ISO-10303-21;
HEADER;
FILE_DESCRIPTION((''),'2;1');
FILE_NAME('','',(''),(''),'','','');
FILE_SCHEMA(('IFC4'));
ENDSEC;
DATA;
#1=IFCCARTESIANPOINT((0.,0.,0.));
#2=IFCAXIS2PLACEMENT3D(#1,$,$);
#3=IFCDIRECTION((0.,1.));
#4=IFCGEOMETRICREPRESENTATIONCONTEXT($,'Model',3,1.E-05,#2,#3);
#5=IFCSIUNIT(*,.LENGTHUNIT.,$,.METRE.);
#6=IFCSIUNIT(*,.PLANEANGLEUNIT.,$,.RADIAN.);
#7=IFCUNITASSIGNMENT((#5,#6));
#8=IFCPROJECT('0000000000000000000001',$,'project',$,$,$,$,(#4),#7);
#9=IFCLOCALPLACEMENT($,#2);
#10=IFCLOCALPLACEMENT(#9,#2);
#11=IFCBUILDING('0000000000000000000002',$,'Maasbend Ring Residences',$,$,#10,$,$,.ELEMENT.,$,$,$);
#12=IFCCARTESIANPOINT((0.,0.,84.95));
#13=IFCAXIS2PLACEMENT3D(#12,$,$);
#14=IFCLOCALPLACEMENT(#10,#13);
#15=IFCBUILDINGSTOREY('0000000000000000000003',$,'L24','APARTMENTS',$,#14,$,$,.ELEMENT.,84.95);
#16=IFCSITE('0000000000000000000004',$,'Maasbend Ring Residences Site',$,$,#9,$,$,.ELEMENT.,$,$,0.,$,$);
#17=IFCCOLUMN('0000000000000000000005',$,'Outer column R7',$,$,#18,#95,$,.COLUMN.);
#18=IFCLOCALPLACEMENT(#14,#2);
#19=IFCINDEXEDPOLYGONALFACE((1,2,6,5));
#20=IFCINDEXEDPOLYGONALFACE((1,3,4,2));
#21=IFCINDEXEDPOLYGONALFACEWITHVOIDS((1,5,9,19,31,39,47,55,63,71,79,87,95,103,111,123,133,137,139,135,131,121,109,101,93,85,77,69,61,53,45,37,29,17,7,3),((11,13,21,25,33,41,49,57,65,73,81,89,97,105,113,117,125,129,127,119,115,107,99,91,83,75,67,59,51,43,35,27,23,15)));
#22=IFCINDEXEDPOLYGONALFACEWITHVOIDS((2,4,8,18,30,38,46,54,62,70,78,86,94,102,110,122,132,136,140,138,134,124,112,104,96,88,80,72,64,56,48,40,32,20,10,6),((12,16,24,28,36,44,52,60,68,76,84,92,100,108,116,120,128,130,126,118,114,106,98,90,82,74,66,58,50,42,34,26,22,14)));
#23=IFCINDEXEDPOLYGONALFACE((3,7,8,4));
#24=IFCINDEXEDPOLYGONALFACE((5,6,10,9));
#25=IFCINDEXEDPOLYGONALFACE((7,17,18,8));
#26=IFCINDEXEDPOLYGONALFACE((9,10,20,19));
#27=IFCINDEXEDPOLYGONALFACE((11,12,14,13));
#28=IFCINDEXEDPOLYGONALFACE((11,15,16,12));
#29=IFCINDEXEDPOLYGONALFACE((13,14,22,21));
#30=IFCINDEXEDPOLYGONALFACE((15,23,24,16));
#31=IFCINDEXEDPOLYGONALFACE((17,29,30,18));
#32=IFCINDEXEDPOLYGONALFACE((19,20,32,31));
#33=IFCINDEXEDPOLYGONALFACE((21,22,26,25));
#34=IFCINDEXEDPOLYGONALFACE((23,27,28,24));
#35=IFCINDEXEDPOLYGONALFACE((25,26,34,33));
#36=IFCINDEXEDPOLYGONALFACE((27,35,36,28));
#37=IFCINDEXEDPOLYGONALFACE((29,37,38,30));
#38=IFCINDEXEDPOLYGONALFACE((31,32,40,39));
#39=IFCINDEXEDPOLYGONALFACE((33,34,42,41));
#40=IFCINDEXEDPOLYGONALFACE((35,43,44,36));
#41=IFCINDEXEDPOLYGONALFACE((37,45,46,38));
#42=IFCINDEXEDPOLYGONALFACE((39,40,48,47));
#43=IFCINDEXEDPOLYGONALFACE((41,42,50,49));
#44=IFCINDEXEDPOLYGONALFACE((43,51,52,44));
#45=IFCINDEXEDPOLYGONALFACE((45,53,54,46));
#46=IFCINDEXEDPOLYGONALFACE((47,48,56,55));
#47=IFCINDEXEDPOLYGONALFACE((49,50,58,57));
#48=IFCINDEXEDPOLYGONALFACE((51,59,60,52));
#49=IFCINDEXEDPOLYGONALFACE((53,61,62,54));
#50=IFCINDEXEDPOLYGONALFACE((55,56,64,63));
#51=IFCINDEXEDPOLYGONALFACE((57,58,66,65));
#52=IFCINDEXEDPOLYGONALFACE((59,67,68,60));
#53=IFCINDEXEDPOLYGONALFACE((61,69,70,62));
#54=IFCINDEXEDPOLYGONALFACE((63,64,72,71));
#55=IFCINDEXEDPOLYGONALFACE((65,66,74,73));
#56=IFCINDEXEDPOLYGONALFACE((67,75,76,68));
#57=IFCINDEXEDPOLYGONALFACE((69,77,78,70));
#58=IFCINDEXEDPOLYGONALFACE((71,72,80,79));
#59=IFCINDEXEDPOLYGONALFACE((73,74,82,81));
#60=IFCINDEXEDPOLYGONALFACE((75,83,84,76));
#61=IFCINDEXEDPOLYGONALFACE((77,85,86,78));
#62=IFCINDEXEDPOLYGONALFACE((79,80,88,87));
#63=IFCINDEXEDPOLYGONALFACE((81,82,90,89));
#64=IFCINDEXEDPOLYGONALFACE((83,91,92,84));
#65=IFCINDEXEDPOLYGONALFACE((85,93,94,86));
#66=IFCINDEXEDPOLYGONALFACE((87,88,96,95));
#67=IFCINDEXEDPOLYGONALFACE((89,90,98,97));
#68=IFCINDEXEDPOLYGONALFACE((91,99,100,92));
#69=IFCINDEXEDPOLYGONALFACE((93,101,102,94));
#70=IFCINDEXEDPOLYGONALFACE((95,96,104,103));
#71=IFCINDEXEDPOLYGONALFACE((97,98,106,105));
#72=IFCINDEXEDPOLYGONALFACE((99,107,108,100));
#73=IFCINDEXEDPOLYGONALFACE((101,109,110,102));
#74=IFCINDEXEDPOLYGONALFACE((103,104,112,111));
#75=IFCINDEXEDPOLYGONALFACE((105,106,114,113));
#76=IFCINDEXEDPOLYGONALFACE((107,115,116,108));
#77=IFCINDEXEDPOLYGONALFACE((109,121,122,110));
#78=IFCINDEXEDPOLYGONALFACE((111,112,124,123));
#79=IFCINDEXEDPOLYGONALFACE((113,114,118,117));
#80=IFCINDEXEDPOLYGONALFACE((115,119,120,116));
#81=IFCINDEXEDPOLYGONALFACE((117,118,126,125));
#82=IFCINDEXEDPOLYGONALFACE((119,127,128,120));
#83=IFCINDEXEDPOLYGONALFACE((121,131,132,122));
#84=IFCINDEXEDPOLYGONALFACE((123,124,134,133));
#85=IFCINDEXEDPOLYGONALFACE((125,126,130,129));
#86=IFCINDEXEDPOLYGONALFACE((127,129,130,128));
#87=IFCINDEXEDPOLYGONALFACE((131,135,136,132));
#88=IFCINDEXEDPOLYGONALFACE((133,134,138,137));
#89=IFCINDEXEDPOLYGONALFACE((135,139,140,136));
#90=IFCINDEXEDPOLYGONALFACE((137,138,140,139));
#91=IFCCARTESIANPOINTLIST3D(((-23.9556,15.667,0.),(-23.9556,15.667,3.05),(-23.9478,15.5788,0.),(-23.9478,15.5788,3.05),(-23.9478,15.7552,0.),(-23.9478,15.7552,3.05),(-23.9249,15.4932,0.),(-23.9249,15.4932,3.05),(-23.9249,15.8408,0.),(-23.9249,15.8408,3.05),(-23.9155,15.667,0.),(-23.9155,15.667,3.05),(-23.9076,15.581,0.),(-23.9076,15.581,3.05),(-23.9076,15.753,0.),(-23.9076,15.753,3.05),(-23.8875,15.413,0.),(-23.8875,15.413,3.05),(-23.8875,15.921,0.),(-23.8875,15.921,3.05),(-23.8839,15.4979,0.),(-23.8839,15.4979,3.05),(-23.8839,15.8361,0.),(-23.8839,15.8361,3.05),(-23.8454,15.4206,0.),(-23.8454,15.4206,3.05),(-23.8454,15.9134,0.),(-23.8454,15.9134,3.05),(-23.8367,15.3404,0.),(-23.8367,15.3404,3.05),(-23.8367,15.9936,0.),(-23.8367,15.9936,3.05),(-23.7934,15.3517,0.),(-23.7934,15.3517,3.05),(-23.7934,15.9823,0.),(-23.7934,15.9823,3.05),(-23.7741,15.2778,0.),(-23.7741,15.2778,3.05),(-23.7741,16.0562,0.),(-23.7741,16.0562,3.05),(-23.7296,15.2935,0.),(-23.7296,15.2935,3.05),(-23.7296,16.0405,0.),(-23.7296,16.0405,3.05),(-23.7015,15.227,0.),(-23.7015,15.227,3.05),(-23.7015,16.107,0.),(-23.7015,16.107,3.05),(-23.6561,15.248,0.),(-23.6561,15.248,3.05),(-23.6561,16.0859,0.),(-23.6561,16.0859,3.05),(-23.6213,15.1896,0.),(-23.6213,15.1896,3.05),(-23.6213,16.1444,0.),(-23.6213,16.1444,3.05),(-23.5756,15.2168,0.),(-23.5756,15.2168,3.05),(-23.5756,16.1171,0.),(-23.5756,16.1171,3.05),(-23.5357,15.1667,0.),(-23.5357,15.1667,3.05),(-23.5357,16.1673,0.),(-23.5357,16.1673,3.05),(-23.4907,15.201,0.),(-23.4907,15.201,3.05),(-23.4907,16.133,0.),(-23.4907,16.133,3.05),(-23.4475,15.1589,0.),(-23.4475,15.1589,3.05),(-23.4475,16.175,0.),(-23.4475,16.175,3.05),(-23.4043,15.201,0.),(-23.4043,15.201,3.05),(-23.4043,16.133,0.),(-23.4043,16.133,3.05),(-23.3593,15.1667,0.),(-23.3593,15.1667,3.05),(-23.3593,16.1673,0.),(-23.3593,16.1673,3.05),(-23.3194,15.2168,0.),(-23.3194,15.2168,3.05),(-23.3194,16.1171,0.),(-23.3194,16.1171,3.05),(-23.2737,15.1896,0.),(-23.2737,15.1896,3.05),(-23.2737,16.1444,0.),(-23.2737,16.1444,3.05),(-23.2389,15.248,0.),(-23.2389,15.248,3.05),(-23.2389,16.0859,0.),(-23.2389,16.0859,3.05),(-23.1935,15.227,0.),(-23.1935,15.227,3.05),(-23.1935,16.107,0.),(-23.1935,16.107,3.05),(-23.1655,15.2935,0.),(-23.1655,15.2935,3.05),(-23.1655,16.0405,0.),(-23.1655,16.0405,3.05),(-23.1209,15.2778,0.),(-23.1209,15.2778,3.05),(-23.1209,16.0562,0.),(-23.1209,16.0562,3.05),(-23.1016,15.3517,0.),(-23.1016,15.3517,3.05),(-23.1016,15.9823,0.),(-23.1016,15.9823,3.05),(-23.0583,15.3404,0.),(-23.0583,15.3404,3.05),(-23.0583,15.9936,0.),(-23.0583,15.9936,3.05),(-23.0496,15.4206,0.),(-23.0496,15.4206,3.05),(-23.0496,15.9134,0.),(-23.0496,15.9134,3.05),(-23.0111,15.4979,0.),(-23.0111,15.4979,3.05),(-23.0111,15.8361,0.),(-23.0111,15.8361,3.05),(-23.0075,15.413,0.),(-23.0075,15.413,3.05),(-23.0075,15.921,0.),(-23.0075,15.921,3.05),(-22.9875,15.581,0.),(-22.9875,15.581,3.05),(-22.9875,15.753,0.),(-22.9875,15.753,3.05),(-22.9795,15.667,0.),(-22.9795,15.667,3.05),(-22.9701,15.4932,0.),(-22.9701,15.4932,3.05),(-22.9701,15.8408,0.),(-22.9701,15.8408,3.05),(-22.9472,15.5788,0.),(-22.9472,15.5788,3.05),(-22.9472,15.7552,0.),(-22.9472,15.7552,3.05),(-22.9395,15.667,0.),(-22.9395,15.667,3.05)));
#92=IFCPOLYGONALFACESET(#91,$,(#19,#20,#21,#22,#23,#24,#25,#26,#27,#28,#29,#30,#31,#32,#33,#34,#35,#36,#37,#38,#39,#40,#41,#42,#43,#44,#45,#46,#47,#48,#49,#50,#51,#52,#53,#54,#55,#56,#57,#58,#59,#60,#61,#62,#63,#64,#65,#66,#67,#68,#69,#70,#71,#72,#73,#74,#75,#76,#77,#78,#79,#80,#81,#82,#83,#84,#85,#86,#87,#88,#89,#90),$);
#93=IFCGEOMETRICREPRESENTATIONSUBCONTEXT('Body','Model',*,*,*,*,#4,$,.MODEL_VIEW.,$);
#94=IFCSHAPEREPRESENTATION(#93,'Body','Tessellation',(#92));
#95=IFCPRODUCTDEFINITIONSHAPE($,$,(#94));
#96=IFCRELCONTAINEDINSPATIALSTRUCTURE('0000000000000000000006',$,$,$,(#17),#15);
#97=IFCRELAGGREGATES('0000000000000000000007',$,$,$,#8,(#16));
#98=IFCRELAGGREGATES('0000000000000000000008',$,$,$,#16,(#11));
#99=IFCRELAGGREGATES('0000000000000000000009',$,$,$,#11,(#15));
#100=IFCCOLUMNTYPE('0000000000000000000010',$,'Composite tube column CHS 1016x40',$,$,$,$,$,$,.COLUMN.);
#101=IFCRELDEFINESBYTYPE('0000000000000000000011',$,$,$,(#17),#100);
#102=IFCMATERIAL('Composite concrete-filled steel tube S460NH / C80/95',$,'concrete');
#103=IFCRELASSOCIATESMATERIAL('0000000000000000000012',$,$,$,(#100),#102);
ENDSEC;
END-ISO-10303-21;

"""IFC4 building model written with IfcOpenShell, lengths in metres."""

from ifc_helpers import new_model, si_unit, direction, frame, origin, origin_2d, place, context, subcontext, project, spatial, hollow_circle, extrude, material, material_profile, profile_set, type_object, element, save


model = new_model("IFC4")

# Units and contexts
model_context = context("Model", 3, precision=1e-05, world=origin(), true_north=direction((0.0, 1.0)))
body_context = subcontext(model_context, "Body", "Model", "MODEL_VIEW")
ifc_project = project(units=[si_unit("LENGTHUNIT", "METRE"), si_unit("PLANEANGLEUNIT", "RADIAN")], contexts=[model_context])

# Site, building, storey
site_placement = place(None, origin())
site = spatial("IfcSite", under=ifc_project, at=site_placement, Name="Maasbend Ring Residences Site", CompositionType="ELEMENT", RefElevation=0.0)
building_placement = place(site_placement, origin())
building = spatial("IfcBuilding", under=site, at=building_placement, Name="Maasbend Ring Residences", CompositionType="ELEMENT")
storey_placement = place(building_placement, frame((0.0, 0.0, 84.95)))
storey = spatial("IfcBuildingStorey", under=building, at=storey_placement, Name="L24", Description="APARTMENTS", CompositionType="ELEMENT", Elevation=84.95)

# Column
ifc_material_1 = material(Name="Composite concrete-filled steel tube S460NH / C80/95", Category="concrete")
ifc_material_profile = material_profile(ifc_material_1, hollow_circle(Radius=0.5081, WallThickness=0.04, at=origin_2d()), Name="Composite tube column CHS 1016x40")
ifc_profile_set = profile_set([ifc_material_profile], Name="Composite concrete-filled steel tube S460NH / C80/95")
column_type = type_object("IfcColumnType", Name="Composite tube column CHS 1016x40", PredefinedType="COLUMN", material=ifc_profile_set)
column_placement = place(storey_placement, frame((-23.4475, 15.667, 0.0), z_axis=(0.0, 0.0, 1.0), x_axis=(1.0, 0.0, 0.0)))
element("IfcColumn", 1, at=column_placement, inside=storey, type_object=column_type, Name="Outer column R7", PredefinedType="COLUMN", context=body_context, shape_type="SweptSolid", body=[
    extrude(hollow_circle(Radius=0.5081, WallThickness=0.04, at=origin_2d()), origin(), (0.0, 0.0, 1.0), 3.05),
])

save(model, "model.ifc")
